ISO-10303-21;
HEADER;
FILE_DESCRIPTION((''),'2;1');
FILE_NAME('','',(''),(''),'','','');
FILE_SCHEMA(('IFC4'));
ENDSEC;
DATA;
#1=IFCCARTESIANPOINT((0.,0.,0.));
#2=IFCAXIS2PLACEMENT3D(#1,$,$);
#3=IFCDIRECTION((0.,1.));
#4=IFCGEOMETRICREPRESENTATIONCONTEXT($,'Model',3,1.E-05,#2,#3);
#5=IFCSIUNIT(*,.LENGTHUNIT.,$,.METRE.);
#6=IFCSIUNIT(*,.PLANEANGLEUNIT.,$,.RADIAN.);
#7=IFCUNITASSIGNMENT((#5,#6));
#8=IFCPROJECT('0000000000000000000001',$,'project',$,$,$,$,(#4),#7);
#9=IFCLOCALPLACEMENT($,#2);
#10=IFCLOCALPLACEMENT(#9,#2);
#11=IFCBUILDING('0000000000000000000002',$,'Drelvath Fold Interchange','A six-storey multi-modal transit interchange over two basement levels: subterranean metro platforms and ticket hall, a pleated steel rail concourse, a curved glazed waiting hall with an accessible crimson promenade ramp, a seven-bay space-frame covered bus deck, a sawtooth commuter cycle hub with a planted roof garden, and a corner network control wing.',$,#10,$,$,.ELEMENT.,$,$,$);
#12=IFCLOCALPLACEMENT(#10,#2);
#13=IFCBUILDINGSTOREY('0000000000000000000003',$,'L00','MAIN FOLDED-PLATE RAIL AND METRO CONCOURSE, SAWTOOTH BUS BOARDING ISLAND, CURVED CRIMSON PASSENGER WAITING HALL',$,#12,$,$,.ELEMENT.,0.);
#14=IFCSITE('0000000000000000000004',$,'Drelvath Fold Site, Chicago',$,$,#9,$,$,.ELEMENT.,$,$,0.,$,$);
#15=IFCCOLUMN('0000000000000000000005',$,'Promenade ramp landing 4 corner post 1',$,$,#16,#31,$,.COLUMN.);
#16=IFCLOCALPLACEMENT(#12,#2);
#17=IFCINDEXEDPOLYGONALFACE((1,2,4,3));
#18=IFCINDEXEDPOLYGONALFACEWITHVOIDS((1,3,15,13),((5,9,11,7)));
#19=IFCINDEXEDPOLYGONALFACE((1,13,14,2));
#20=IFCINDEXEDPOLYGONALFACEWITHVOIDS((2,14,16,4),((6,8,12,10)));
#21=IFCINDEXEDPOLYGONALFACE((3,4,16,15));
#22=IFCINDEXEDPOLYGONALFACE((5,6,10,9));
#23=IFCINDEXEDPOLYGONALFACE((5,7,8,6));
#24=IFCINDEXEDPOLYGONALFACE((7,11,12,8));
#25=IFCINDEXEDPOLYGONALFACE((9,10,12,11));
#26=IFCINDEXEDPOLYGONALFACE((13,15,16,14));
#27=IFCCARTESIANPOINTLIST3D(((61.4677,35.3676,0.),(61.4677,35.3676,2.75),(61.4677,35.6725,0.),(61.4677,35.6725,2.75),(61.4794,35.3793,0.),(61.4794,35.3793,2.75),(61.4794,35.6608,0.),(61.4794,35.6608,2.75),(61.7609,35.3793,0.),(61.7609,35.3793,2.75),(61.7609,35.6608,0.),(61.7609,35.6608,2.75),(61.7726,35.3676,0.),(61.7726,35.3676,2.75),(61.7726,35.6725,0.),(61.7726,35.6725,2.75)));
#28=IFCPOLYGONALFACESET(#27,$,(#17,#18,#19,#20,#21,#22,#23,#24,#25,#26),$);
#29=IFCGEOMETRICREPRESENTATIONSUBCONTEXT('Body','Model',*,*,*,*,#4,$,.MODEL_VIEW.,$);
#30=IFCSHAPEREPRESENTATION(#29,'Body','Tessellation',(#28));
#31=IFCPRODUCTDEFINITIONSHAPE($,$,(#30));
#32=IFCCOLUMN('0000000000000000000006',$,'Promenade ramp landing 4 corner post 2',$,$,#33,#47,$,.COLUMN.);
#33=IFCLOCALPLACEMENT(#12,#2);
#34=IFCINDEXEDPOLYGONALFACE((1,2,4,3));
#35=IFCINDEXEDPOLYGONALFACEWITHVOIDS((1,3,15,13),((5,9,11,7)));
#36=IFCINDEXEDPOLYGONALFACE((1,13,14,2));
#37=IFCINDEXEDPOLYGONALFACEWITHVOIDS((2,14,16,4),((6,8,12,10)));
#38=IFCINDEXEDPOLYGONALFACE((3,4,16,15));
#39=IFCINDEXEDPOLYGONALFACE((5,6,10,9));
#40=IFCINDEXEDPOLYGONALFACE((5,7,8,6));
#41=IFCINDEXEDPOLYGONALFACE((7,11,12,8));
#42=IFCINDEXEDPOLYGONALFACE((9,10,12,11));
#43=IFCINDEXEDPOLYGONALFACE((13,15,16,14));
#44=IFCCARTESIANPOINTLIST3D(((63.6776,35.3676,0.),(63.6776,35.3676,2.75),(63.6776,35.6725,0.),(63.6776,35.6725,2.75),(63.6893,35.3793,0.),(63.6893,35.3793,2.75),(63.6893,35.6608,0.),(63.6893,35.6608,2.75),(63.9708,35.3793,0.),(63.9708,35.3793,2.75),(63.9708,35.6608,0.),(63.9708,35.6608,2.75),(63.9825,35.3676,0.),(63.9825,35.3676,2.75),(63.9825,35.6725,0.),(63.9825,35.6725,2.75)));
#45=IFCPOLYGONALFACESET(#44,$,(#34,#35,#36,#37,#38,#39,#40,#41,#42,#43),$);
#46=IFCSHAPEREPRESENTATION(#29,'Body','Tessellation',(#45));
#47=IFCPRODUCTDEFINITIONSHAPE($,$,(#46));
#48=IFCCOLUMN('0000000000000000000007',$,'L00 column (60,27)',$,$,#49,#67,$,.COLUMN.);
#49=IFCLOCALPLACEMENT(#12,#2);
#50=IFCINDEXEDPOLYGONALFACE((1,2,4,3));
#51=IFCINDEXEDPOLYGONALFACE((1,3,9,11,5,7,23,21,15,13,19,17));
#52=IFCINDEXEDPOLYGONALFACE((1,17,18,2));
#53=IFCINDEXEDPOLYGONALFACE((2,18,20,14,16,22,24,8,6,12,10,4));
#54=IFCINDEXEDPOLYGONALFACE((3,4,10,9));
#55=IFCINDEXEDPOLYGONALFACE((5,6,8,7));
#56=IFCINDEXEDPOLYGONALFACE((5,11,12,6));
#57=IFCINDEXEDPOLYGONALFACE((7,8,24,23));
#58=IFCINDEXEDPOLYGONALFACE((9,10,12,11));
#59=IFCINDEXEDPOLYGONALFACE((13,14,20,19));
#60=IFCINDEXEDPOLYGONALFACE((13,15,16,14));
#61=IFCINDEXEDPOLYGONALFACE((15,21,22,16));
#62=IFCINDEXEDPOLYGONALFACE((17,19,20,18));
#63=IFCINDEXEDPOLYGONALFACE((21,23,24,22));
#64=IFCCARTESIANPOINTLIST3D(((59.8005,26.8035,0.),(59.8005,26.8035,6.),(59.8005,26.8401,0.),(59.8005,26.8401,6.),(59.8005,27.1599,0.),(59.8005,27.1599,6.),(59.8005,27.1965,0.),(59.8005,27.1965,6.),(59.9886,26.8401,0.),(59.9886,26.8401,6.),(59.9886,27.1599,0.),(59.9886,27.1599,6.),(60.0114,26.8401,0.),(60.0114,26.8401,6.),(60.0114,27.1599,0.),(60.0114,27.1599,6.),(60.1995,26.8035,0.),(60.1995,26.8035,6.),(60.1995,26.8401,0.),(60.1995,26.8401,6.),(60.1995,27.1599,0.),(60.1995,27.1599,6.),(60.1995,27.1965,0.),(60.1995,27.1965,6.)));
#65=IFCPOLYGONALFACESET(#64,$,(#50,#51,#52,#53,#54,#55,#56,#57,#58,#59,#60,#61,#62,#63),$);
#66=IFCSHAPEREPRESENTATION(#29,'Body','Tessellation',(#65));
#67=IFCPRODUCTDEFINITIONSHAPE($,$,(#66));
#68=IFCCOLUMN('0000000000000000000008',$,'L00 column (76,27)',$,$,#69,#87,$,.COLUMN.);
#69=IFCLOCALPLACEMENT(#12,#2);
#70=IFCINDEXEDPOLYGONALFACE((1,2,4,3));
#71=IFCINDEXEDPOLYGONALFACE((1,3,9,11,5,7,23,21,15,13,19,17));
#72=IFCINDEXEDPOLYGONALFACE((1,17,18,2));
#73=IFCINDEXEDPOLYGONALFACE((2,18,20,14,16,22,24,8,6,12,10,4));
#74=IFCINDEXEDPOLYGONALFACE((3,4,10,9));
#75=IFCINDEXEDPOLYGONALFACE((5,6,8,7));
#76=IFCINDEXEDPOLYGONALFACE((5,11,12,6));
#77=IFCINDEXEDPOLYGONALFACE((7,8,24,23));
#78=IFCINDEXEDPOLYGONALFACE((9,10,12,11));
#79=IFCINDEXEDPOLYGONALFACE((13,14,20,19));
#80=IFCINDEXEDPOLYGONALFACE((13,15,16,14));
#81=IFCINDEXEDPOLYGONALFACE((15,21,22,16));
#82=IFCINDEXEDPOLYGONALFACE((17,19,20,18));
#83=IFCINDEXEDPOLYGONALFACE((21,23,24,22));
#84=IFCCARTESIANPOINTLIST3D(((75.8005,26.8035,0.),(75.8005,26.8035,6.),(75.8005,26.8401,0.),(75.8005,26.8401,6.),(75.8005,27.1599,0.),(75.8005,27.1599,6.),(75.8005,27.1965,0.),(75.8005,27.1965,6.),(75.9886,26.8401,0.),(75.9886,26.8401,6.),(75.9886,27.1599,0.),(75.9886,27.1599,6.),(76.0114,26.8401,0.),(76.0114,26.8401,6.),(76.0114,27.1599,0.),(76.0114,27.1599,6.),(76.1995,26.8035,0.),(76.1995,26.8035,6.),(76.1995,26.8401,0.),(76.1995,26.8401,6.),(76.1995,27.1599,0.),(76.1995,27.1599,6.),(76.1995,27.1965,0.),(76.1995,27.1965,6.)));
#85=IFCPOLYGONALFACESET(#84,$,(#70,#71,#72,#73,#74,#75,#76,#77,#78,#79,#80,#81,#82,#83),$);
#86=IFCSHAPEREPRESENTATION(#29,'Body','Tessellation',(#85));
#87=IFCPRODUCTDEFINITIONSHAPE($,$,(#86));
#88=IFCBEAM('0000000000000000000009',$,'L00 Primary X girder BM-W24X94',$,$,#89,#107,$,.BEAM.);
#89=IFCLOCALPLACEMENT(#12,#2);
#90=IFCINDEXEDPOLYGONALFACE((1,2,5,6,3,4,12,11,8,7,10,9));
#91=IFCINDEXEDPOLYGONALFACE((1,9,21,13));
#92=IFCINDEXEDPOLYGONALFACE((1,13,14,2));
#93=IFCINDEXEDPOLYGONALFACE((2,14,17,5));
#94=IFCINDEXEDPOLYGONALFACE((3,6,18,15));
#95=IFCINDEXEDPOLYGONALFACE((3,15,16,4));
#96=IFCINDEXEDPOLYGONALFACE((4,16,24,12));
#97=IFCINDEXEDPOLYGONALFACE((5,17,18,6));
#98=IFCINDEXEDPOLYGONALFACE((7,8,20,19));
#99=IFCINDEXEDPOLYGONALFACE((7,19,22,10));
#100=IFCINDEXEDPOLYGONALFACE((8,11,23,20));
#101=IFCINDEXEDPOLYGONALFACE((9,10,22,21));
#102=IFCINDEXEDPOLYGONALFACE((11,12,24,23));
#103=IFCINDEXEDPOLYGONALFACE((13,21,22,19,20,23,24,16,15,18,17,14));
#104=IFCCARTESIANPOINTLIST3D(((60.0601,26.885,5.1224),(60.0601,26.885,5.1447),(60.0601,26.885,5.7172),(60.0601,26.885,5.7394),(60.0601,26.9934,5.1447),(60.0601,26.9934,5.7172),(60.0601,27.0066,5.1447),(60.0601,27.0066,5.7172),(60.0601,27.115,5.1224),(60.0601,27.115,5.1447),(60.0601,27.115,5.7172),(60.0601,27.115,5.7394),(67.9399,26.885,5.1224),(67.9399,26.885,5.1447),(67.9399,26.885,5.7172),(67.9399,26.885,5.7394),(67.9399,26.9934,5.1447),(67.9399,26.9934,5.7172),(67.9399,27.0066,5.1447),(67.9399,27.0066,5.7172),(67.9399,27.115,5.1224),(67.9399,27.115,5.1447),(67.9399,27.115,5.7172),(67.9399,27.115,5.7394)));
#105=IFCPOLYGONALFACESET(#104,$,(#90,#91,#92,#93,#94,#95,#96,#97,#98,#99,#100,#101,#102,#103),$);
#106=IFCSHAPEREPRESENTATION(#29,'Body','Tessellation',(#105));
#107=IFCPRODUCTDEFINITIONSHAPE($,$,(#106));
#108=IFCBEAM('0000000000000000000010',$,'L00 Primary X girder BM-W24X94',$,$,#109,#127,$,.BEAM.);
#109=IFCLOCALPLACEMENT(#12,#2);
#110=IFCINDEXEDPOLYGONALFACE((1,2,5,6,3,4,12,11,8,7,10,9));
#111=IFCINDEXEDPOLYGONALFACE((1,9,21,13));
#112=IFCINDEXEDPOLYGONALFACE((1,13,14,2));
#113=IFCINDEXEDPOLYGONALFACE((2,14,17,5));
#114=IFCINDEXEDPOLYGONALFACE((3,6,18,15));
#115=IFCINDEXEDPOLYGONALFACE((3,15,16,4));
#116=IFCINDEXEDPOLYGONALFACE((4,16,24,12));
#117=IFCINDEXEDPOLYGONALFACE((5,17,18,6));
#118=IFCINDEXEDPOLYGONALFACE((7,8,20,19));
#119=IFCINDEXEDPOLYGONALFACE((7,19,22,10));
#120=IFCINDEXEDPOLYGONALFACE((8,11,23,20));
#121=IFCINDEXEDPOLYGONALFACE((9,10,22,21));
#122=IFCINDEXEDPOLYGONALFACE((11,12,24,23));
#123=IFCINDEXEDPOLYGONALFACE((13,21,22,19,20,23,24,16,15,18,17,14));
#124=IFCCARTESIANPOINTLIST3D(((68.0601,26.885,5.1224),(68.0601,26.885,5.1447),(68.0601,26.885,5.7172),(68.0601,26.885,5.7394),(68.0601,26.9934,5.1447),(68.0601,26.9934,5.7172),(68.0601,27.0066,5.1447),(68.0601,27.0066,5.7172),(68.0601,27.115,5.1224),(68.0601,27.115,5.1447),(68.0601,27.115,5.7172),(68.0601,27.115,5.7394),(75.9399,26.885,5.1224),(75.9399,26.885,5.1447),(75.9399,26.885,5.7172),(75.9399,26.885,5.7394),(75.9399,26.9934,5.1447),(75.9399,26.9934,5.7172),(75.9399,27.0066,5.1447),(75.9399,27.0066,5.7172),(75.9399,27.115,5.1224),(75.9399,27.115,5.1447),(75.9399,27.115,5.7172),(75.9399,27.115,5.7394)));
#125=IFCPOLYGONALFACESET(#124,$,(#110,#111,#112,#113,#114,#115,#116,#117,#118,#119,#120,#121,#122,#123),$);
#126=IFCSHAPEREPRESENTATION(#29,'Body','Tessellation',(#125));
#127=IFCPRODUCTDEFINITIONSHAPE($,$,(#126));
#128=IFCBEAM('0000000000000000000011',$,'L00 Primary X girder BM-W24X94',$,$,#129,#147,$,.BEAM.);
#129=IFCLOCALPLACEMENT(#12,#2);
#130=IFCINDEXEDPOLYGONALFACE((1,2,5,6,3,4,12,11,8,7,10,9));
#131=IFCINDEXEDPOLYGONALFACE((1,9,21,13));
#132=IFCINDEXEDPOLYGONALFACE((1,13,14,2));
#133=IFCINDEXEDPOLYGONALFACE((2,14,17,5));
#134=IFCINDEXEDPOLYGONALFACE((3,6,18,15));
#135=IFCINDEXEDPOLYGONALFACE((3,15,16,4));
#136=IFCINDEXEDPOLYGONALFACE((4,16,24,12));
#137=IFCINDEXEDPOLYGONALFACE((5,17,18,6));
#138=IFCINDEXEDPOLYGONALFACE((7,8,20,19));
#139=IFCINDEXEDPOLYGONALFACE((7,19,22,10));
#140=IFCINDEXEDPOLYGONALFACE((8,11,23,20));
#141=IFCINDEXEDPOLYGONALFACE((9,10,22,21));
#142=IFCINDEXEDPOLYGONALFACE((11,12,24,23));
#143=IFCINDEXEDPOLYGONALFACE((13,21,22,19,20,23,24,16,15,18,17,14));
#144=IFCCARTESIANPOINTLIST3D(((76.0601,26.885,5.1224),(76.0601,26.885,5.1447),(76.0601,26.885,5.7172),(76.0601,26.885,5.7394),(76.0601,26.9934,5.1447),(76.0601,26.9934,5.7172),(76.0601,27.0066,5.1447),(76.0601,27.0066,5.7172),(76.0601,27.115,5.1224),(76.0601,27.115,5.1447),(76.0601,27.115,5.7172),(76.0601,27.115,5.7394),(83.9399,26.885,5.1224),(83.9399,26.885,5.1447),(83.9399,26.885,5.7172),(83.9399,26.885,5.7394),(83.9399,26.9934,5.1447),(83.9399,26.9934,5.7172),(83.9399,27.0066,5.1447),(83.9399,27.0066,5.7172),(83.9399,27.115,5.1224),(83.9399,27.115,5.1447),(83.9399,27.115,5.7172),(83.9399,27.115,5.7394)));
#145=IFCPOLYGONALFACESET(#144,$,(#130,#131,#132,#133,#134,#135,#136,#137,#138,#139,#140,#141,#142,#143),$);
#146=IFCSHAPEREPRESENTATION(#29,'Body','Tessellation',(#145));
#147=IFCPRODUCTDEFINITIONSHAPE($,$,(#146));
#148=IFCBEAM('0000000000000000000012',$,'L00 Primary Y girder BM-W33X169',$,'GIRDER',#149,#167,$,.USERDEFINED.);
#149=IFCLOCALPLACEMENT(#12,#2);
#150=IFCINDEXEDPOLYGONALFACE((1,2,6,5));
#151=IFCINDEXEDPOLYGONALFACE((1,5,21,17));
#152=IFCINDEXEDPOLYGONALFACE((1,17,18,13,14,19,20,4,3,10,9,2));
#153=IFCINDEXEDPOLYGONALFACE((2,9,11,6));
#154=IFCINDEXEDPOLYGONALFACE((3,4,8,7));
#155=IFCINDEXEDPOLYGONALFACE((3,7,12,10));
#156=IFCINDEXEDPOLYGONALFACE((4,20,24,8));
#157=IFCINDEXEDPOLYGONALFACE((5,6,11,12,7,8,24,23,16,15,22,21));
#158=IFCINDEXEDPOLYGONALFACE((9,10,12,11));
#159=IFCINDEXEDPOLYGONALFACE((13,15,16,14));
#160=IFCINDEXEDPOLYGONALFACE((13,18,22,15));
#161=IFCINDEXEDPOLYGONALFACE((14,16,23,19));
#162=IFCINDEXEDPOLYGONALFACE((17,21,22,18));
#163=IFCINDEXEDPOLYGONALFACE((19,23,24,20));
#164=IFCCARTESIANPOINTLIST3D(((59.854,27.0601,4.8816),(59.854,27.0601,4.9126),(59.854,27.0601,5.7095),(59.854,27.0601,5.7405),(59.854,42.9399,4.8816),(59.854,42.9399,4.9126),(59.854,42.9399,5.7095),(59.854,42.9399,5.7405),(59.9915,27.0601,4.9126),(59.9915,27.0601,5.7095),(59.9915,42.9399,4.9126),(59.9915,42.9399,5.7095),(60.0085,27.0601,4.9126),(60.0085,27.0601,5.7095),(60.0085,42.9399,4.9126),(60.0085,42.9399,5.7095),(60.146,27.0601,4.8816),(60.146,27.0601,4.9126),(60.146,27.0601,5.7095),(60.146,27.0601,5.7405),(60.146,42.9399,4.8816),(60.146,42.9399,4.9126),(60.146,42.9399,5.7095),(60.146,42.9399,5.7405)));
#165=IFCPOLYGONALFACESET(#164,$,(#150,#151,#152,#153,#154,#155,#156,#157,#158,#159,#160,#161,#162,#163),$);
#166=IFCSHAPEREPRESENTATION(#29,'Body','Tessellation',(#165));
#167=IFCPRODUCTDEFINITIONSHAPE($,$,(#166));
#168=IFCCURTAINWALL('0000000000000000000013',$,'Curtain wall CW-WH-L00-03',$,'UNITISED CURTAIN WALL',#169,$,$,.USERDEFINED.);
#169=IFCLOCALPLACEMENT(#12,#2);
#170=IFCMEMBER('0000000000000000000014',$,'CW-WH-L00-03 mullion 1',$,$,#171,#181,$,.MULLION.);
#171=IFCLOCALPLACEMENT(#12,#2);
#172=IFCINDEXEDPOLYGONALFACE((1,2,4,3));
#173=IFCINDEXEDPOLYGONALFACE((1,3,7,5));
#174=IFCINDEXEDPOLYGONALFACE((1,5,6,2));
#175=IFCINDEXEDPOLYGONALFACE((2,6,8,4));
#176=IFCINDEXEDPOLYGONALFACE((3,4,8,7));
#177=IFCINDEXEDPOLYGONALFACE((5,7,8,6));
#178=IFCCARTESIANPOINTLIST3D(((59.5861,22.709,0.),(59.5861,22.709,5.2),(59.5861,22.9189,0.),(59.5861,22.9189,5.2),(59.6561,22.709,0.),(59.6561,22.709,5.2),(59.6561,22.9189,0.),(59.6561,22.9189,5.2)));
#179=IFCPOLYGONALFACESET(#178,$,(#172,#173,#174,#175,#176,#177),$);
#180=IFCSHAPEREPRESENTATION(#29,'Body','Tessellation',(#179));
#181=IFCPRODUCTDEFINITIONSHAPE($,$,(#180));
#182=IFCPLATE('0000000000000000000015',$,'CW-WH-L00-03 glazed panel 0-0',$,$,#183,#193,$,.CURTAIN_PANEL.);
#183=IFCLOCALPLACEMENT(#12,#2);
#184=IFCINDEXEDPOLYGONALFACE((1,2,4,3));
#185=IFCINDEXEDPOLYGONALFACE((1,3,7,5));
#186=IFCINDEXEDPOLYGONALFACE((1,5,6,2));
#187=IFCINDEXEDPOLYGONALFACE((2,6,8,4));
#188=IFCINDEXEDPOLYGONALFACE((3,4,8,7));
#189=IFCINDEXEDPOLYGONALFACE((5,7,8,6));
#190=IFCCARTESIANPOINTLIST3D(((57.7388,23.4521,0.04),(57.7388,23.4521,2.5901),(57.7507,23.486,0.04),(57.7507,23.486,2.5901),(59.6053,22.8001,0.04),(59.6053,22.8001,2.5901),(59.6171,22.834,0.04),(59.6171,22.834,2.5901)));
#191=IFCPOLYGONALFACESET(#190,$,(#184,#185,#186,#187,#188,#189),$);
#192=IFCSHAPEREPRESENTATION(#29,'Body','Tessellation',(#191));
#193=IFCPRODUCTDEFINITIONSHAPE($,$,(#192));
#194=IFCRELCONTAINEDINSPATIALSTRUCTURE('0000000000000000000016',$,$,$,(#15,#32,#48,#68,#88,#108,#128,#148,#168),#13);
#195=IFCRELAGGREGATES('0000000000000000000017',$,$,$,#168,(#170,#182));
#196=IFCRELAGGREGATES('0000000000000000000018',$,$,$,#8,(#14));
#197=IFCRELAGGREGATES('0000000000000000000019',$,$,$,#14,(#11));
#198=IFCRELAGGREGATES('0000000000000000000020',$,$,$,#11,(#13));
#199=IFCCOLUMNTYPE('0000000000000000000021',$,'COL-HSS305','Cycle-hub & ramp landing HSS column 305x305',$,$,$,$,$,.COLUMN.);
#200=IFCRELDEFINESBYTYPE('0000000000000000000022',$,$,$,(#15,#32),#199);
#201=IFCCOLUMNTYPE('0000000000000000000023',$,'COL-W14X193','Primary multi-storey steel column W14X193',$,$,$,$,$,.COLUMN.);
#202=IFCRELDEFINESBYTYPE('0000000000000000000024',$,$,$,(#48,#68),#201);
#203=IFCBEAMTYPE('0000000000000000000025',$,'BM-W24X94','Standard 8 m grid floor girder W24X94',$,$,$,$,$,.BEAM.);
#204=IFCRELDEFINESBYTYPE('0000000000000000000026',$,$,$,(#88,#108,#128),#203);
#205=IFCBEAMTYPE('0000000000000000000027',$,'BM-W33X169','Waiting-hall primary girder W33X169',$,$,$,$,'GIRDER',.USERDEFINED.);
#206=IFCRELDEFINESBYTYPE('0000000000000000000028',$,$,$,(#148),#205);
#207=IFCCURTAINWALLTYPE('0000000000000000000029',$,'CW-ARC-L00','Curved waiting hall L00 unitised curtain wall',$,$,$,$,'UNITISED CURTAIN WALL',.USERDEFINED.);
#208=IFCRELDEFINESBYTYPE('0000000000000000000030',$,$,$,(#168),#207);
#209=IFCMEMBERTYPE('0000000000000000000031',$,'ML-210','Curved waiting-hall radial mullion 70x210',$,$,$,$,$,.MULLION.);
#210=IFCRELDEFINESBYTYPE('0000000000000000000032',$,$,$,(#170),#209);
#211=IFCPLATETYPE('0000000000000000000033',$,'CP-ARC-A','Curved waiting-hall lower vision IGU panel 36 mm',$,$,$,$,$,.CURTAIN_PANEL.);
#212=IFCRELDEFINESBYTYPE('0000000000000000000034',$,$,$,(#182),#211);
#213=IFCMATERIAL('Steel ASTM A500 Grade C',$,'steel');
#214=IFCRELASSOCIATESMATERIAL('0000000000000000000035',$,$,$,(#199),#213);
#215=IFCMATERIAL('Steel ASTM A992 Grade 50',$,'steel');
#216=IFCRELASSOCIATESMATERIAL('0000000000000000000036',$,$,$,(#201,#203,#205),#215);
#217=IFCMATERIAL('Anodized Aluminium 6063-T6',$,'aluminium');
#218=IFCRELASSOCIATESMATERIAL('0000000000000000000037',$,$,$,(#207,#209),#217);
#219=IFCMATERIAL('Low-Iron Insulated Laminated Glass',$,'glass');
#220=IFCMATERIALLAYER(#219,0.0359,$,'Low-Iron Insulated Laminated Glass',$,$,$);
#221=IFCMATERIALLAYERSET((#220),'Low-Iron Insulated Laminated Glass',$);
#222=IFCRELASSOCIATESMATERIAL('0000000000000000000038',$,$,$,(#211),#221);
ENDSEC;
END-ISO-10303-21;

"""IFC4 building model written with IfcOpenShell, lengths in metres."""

from ifc_helpers import new_model, si_unit, direction, frame, origin, origin_2d, place, context, subcontext, project, spatial, rectangle, hollow_rectangle, i_section, extrude, material, layer, layer_set, material_profile, profile_set, type_object, element, aggregate, save


model = new_model("IFC4")

# Units and contexts
model_context = context("Model", 3, precision=1e-05, world=origin(), true_north=direction((0.0, 1.0)))
body_context = subcontext(model_context, "Body", "Model", "MODEL_VIEW")
ifc_project = project(units=[si_unit("LENGTHUNIT", "METRE"), si_unit("PLANEANGLEUNIT", "RADIAN")], contexts=[model_context])

# Site, building, storey
site_placement = place(None, origin())
site = spatial("IfcSite", under=ifc_project, at=site_placement, Name="Drelvath Fold Site, Chicago", CompositionType="ELEMENT", RefElevation=0.0)
building_placement = place(site_placement, origin())
building = spatial("IfcBuilding", under=site, at=building_placement, Name="Drelvath Fold Interchange", Description="A six-storey multi-modal transit interchange over two basement levels: subterranean metro platforms and ticket hall, a pleated steel rail concourse, a curved glazed waiting hall with an accessible crimson promenade ramp, a seven-bay space-frame covered bus deck, a sawtooth commuter cycle hub with a planted roof garden, and a corner network control wing.", CompositionType="ELEMENT")
storey_placement = place(building_placement, origin())
storey = spatial("IfcBuildingStorey", under=building, at=storey_placement, Name="L00", Description="MAIN FOLDED-PLATE RAIL AND METRO CONCOURSE, SAWTOOTH BUS BOARDING ISLAND, CURVED CRIMSON PASSENGER WAITING HALL", CompositionType="ELEMENT", Elevation=0.0)

# Columns
ifc_material_1 = material(Name="Steel ASTM A500 Grade C", Category="steel")
ifc_material_profile_1 = material_profile(ifc_material_1, hollow_rectangle(XDim=0.3049, YDim=0.3049, WallThickness=0.0117, at=origin_2d()), Name="HSS12X12X1/2")
ifc_profile_set_1 = profile_set([ifc_material_profile_1], Name="Steel ASTM A500 Grade C")
column_type_1 = type_object("IfcColumnType", Name="COL-HSS305", Description="Cycle-hub & ramp landing HSS column 305x305", PredefinedType="COLUMN", material=ifc_profile_set_1)
for number, where, z_axis, x_axis, name in (
    (1, (61.6201, 35.52, 0.0), (0.0, 0.0, 1.0), (1.0, 0.0, 0.0), "Promenade ramp landing 4 corner post 1"),
    (2, (63.8301, 35.52, 0.0), (0.0, 0.0, 1.0), (1.0, 0.0, 0.0), "Promenade ramp landing 4 corner post 2"),
):
    element("IfcColumn", number, at=place(storey_placement, frame(where, z_axis=z_axis, x_axis=x_axis)), inside=storey, type_object=column_type_1, Name=name, PredefinedType="COLUMN", context=body_context, shape_type="SweptSolid", body=[
        extrude(hollow_rectangle(XDim=0.3049, YDim=0.3049, WallThickness=0.0117, at=origin_2d()), origin(), (0.0, 0.0, 1.0), 2.75),
    ])
ifc_material_2 = material(Name="Steel ASTM A992 Grade 50", Category="steel")
ifc_material_profile_2 = material_profile(ifc_material_2, i_section(OverallWidth=0.3989, OverallDepth=0.3931, WebThickness=0.0227, FlangeThickness=0.0366, at=origin_2d()), Name="W14X193")
ifc_profile_set_2 = profile_set([ifc_material_profile_2], Name="Steel ASTM A992 Grade 50")
column_type_2 = type_object("IfcColumnType", Name="COL-W14X193", Description="Primary multi-storey steel column W14X193", PredefinedType="COLUMN", material=ifc_profile_set_2)
for number, where, z_axis, x_axis, name in (
    (3, (60.0, 27.0, 0.0), (0.0, 0.0, 1.0), (1.0, 0.0, 0.0), "L00 column (60,27)"),
    (4, (76.0, 27.0, 0.0), (0.0, 0.0, 1.0), (1.0, 0.0, 0.0), "L00 column (76,27)"),
):
    element("IfcColumn", number, at=place(storey_placement, frame(where, z_axis=z_axis, x_axis=x_axis)), inside=storey, type_object=column_type_2, Name=name, PredefinedType="COLUMN", context=body_context, shape_type="SweptSolid", body=[
        extrude(i_section(OverallWidth=0.3989, OverallDepth=0.3931, WebThickness=0.0227, FlangeThickness=0.0366, at=origin_2d()), origin(), (0.0, 0.0, 1.0), 6.0),
    ])

# Beams
ifc_material_profile_3 = material_profile(ifc_material_2, i_section(OverallWidth=0.23, OverallDepth=0.6169, WebThickness=0.0132, FlangeThickness=0.0222, at=origin_2d()), Name="W24X94")
ifc_profile_set_3 = profile_set([ifc_material_profile_3], Name="Steel ASTM A992 Grade 50")
beam_type_1 = type_object("IfcBeamType", Name="BM-W24X94", Description="Standard 8 m grid floor girder W24X94", PredefinedType="BEAM", material=ifc_profile_set_3)
for number, where, z_axis, x_axis, name in (
    (5, (60.0601, 27.0, 5.4309), (1.0, 0.0, 0.0), (0.0, 1.0, 0.0), "L00 Primary X girder BM-W24X94"),
    (6, (68.0601, 27.0, 5.4309), (1.0, 0.0, 0.0), (0.0, 1.0, 0.0), "L00 Primary X girder BM-W24X94"),
    (7, (76.0601, 27.0, 5.4309), (1.0, 0.0, 0.0), (0.0, 1.0, 0.0), "L00 Primary X girder BM-W24X94"),
):
    element("IfcBeam", number, at=place(storey_placement, frame(where, z_axis=z_axis, x_axis=x_axis)), inside=storey, type_object=beam_type_1, Name=name, PredefinedType="BEAM", context=body_context, shape_type="SweptSolid", body=[
        extrude(i_section(OverallWidth=0.23, OverallDepth=0.6169, WebThickness=0.0132, FlangeThickness=0.0222, at=origin_2d()), origin(), (0.0, 0.0, 1.0), 7.8799),
    ])
ifc_material_profile_4 = material_profile(ifc_material_2, i_section(OverallWidth=0.292, OverallDepth=0.8589, WebThickness=0.0171, FlangeThickness=0.031, at=origin_2d()), Name="W33X169")
ifc_profile_set_4 = profile_set([ifc_material_profile_4], Name="Steel ASTM A992 Grade 50")
beam_type_2 = type_object("IfcBeamType", Name="BM-W33X169", Description="Waiting-hall primary girder W33X169", ElementType="GIRDER", PredefinedType="USERDEFINED", material=ifc_profile_set_4)
beam_placement = place(storey_placement, frame((60.0, 27.0601, 5.311), z_axis=(0.0, 1.0, 0.0), x_axis=(-1.0, 0.0, 0.0)))
element("IfcBeam", 8, at=beam_placement, inside=storey, type_object=beam_type_2, Name="L00 Primary Y girder BM-W33X169", ObjectType="GIRDER", PredefinedType="USERDEFINED", context=body_context, shape_type="SweptSolid", body=[
    extrude(i_section(OverallWidth=0.292, OverallDepth=0.8589, WebThickness=0.0171, FlangeThickness=0.031, at=origin_2d()), origin(), (0.0, 0.0, 1.0), 15.8799),
])

# Curtain wall, member, plate
ifc_material_3 = material(Name="Anodized Aluminium 6063-T6", Category="aluminium")
curtain_wall_type = type_object("IfcCurtainWallType", Name="CW-ARC-L00", Description="Curved waiting hall L00 unitised curtain wall", ElementType="UNITISED CURTAIN WALL", PredefinedType="USERDEFINED", material=ifc_material_3)
curtain_wall_placement = place(storey_placement, origin())
curtain_wall = element("IfcCurtainWall", 9, at=curtain_wall_placement, inside=storey, type_object=curtain_wall_type, Name="Curtain wall CW-WH-L00-03", ObjectType="UNITISED CURTAIN WALL", PredefinedType="USERDEFINED")
ifc_material_profile_5 = material_profile(ifc_material_3, rectangle(XDim=0.0701, YDim=0.21, at=origin_2d()), Name="AL-M 70x210")
ifc_profile_set_5 = profile_set([ifc_material_profile_5], Name="Anodized Aluminium 6063-T6")
member_type = type_object("IfcMemberType", Name="ML-210", Description="Curved waiting-hall radial mullion 70x210", PredefinedType="MULLION", material=ifc_profile_set_5)
member_placement = place(storey_placement, frame((59.6211, 22.814, 0.0), z_axis=(0.0, 0.0, 1.0), x_axis=(1.0, 0.0, 0.0)))
member = element("IfcMember", 10, at=member_placement, type_object=member_type, Name="CW-WH-L00-03 mullion 1", PredefinedType="MULLION", context=body_context, shape_type="SweptSolid", body=[
    extrude(rectangle(XDim=0.0701, YDim=0.21, at=origin_2d()), origin(), (0.0, 0.0, 1.0), 5.2),
])
ifc_material_4 = material(Name="Low-Iron Insulated Laminated Glass", Category="glass")
ifc_layer_1 = layer(ifc_material_4, 0.0359, Name="Low-Iron Insulated Laminated Glass")
ifc_layer_set_1 = layer_set([ifc_layer_1], Name="Low-Iron Insulated Laminated Glass")
plate_type = type_object("IfcPlateType", Name="CP-ARC-A", Description="Curved waiting-hall lower vision IGU panel 36 mm", PredefinedType="CURTAIN_PANEL", material=ifc_layer_set_1)
plate_1_placement = place(storey_placement, frame((58.678, 23.1431, 0.04), z_axis=(0.0, 0.0, 1.0), x_axis=(0.94406, -0.329773, 0.0)))
plate_1 = element("IfcPlate", 11, at=plate_1_placement, type_object=plate_type, Name="CW-WH-L00-03 glazed panel 0-0", PredefinedType="CURTAIN_PANEL", context=body_context, shape_type="SweptSolid", body=[
    extrude(rectangle(XDim=1.9771, YDim=0.0359, at=origin_2d()), origin(), (0.0, 0.0, 1.0), 2.55),
])
aggregate(curtain_wall, [member, plate_1])

save(model, "model.ifc")
